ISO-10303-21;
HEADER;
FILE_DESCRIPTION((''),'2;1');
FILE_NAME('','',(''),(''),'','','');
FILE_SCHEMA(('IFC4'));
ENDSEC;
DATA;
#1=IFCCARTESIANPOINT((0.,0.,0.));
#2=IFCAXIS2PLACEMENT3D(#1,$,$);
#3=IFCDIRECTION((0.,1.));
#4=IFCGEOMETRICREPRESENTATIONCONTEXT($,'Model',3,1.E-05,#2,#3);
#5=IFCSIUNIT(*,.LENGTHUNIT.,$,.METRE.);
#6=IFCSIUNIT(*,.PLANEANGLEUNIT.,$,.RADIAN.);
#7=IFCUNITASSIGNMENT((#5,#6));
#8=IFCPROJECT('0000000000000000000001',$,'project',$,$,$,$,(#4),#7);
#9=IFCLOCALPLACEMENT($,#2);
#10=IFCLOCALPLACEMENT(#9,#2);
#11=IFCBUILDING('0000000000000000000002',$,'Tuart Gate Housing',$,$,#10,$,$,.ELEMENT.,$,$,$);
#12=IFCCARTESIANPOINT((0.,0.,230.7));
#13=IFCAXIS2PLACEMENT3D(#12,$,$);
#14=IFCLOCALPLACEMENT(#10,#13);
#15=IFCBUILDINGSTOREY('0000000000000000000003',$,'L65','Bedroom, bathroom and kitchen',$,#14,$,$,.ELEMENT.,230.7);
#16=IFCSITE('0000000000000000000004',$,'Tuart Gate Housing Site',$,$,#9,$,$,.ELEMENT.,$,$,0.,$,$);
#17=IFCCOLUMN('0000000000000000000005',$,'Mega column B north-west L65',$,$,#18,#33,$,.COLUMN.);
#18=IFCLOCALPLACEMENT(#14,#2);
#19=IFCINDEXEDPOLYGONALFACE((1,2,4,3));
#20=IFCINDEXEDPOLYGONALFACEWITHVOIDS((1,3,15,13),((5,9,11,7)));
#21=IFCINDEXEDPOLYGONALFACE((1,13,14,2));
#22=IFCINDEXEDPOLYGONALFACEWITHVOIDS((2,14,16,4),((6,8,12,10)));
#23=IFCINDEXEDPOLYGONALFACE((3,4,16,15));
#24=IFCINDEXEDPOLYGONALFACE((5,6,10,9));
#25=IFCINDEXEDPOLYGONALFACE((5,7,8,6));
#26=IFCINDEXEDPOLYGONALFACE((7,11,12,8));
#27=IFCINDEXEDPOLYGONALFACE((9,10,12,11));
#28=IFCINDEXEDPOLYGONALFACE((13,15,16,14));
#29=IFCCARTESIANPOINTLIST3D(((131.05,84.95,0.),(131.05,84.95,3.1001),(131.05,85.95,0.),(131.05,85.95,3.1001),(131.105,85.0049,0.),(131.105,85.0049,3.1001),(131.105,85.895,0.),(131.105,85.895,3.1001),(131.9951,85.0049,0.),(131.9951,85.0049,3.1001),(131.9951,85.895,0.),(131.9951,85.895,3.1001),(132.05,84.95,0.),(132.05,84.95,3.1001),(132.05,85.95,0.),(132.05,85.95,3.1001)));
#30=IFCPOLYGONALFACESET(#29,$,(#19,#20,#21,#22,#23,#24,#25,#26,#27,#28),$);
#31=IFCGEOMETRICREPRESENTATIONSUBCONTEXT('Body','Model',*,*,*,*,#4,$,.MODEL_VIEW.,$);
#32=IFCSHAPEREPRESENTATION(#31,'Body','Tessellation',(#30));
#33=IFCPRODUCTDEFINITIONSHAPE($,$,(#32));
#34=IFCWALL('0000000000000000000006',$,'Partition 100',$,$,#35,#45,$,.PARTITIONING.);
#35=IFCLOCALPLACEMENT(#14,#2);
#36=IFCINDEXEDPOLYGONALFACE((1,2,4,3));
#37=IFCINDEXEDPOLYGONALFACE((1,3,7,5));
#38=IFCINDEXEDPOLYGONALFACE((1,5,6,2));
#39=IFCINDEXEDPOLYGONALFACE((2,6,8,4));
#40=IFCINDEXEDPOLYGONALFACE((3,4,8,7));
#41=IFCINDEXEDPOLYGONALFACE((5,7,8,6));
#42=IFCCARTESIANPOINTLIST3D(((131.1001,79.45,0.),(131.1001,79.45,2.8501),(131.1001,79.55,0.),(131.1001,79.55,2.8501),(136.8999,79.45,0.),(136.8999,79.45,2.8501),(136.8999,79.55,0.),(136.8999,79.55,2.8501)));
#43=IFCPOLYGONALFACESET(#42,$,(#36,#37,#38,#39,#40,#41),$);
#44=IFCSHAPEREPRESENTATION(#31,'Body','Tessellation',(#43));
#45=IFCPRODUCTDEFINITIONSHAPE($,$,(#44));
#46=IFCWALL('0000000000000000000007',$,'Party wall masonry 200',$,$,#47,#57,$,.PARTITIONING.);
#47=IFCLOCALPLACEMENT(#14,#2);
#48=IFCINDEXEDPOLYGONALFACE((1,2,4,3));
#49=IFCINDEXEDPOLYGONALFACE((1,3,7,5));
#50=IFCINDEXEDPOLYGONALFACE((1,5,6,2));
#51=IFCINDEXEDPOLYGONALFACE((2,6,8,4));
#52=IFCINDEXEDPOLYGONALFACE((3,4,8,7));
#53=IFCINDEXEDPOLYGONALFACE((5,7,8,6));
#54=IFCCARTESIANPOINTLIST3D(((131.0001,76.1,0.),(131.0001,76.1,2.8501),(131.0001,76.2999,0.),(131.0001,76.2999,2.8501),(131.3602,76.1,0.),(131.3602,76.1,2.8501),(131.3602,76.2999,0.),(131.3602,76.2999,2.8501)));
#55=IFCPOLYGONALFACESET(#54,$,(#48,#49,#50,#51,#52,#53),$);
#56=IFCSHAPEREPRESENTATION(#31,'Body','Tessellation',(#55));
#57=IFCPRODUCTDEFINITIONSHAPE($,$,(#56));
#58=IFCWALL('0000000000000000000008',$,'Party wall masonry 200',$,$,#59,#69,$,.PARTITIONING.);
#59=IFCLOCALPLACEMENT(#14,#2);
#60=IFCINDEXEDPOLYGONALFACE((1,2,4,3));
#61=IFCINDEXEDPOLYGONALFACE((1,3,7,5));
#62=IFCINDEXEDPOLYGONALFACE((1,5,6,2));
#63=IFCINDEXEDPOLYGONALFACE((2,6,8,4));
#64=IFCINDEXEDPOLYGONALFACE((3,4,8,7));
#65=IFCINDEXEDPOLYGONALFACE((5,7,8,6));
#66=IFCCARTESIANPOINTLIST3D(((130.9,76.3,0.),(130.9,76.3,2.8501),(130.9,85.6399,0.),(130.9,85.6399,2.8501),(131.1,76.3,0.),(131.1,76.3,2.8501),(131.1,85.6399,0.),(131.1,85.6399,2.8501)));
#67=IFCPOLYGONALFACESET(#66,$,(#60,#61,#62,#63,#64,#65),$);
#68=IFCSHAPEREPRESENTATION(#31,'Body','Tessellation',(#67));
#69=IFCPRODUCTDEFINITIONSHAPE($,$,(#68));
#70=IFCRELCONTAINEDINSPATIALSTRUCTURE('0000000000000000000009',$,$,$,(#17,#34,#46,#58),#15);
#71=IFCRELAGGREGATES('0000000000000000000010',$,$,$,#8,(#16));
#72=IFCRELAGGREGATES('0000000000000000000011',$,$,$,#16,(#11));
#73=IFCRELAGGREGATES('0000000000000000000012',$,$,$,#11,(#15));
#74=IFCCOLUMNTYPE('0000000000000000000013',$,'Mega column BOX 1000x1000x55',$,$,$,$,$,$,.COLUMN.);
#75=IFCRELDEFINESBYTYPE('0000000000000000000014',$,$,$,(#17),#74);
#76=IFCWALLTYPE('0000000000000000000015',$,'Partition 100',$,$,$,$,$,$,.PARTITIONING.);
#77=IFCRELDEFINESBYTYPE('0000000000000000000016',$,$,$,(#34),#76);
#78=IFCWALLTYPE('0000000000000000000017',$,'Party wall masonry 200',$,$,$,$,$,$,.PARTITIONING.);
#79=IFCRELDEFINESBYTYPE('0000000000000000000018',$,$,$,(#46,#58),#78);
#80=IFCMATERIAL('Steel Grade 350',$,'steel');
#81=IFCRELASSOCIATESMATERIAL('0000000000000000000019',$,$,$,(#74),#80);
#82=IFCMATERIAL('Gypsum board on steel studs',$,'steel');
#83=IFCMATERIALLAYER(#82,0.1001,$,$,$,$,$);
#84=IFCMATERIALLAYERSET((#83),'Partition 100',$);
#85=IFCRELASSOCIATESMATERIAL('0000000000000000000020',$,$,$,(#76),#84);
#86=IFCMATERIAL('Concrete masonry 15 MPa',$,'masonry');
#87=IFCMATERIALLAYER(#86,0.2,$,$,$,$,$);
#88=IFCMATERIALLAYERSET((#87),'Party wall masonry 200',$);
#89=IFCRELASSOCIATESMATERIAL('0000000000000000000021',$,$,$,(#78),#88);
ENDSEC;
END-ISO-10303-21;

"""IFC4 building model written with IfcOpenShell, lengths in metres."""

from ifc_helpers import new_model, si_unit, direction, frame, frame_2d, origin, origin_2d, place, context, subcontext, project, spatial, rectangle, hollow_rectangle, extrude, material, layer, layer_set, material_profile, profile_set, type_object, element, save


model = new_model("IFC4")

# Units and contexts
model_context = context("Model", 3, precision=1e-05, world=origin(), true_north=direction((0.0, 1.0)))
body_context = subcontext(model_context, "Body", "Model", "MODEL_VIEW")
ifc_project = project(units=[si_unit("LENGTHUNIT", "METRE"), si_unit("PLANEANGLEUNIT", "RADIAN")], contexts=[model_context])

# Site, building, storey
site_placement = place(None, origin())
site = spatial("IfcSite", under=ifc_project, at=site_placement, Name="Tuart Gate Housing Site", CompositionType="ELEMENT", RefElevation=0.0)
building_placement = place(site_placement, origin())
building = spatial("IfcBuilding", under=site, at=building_placement, Name="Tuart Gate Housing", CompositionType="ELEMENT")
storey_placement = place(building_placement, frame((0.0, 0.0, 230.7)))
storey = spatial("IfcBuildingStorey", under=building, at=storey_placement, Name="L65", Description="Bedroom, bathroom and kitchen", CompositionType="ELEMENT", Elevation=230.7)

# Column
ifc_material_1 = material(Name="Steel Grade 350", Category="steel")
ifc_material_profile = material_profile(ifc_material_1, hollow_rectangle(XDim=1.0, YDim=1.0, WallThickness=0.0549, at=origin_2d()), Name="BOX 1000x1000x55")
ifc_profile_set = profile_set([ifc_material_profile], Name="Steel Grade 350")
column_type = type_object("IfcColumnType", Name="Mega column BOX 1000x1000x55", PredefinedType="COLUMN", material=ifc_profile_set)
column_placement = place(storey_placement, frame((131.55, 85.45, 0.0), z_axis=(0.0, 0.0, 1.0), x_axis=(1.0, 0.0, 0.0)))
element("IfcColumn", 1, at=column_placement, inside=storey, type_object=column_type, Name="Mega column B north-west L65", PredefinedType="COLUMN", context=body_context, shape_type="SweptSolid", body=[
    extrude(hollow_rectangle(XDim=1.0, YDim=1.0, WallThickness=0.0549, at=origin_2d()), origin(), (0.0, 0.0, 1.0), 3.1001),
])

# Walls
ifc_material_2 = material(Name="Gypsum board on steel studs", Category="steel")
ifc_layer_1 = layer(ifc_material_2, 0.1001)
ifc_layer_set_1 = layer_set([ifc_layer_1], Name="Partition 100")
wall_type_1 = type_object("IfcWallType", Name="Partition 100", PredefinedType="PARTITIONING", material=ifc_layer_set_1)
wall_1_placement = place(storey_placement, frame((131.1001, 79.5, 0.0), z_axis=(0.0, 0.0, 1.0), x_axis=(1.0, 0.0, 0.0)))
element("IfcWall", 2, at=wall_1_placement, inside=storey, type_object=wall_type_1, Name="Partition 100", PredefinedType="PARTITIONING", context=body_context, shape_type="SweptSolid", body=[
    extrude(rectangle(XDim=5.7998, YDim=0.1001, at=frame_2d((2.8999, 0.0))), origin(), (0.0, 0.0, 1.0), 2.8501),
])
ifc_material_3 = material(Name="Concrete masonry 15 MPa", Category="masonry")
ifc_layer_2 = layer(ifc_material_3, 0.2)
ifc_layer_set_2 = layer_set([ifc_layer_2], Name="Party wall masonry 200")
wall_type_2 = type_object("IfcWallType", Name="Party wall masonry 200", PredefinedType="PARTITIONING", material=ifc_layer_set_2)
wall_2_placement = place(storey_placement, frame((131.0, 76.2, 0.0), z_axis=(0.0, 0.0, 1.0), x_axis=(1.0, 0.0, 0.0)))
element("IfcWall", 3, at=wall_2_placement, inside=storey, type_object=wall_type_2, Name="Party wall masonry 200", PredefinedType="PARTITIONING", context=body_context, shape_type="SweptSolid", body=[
    extrude(rectangle(XDim=0.3601, YDim=0.2, at=frame_2d((0.1802, 0.0))), origin(), (0.0, 0.0, 1.0), 2.8501),
])
wall_3_placement = place(storey_placement, frame((131.0, 76.3, 0.0), z_axis=(0.0, 0.0, 1.0), x_axis=(0.0, 1.0, 0.0)))
element("IfcWall", 4, at=wall_3_placement, inside=storey, type_object=wall_type_2, Name="Party wall masonry 200", PredefinedType="PARTITIONING", context=body_context, shape_type="SweptSolid", body=[
    extrude(rectangle(XDim=9.3398, YDim=0.2, at=frame_2d((4.6699, 0.0))), origin(), (0.0, 0.0, 1.0), 2.8501),
])

save(model, "model.ifc")
